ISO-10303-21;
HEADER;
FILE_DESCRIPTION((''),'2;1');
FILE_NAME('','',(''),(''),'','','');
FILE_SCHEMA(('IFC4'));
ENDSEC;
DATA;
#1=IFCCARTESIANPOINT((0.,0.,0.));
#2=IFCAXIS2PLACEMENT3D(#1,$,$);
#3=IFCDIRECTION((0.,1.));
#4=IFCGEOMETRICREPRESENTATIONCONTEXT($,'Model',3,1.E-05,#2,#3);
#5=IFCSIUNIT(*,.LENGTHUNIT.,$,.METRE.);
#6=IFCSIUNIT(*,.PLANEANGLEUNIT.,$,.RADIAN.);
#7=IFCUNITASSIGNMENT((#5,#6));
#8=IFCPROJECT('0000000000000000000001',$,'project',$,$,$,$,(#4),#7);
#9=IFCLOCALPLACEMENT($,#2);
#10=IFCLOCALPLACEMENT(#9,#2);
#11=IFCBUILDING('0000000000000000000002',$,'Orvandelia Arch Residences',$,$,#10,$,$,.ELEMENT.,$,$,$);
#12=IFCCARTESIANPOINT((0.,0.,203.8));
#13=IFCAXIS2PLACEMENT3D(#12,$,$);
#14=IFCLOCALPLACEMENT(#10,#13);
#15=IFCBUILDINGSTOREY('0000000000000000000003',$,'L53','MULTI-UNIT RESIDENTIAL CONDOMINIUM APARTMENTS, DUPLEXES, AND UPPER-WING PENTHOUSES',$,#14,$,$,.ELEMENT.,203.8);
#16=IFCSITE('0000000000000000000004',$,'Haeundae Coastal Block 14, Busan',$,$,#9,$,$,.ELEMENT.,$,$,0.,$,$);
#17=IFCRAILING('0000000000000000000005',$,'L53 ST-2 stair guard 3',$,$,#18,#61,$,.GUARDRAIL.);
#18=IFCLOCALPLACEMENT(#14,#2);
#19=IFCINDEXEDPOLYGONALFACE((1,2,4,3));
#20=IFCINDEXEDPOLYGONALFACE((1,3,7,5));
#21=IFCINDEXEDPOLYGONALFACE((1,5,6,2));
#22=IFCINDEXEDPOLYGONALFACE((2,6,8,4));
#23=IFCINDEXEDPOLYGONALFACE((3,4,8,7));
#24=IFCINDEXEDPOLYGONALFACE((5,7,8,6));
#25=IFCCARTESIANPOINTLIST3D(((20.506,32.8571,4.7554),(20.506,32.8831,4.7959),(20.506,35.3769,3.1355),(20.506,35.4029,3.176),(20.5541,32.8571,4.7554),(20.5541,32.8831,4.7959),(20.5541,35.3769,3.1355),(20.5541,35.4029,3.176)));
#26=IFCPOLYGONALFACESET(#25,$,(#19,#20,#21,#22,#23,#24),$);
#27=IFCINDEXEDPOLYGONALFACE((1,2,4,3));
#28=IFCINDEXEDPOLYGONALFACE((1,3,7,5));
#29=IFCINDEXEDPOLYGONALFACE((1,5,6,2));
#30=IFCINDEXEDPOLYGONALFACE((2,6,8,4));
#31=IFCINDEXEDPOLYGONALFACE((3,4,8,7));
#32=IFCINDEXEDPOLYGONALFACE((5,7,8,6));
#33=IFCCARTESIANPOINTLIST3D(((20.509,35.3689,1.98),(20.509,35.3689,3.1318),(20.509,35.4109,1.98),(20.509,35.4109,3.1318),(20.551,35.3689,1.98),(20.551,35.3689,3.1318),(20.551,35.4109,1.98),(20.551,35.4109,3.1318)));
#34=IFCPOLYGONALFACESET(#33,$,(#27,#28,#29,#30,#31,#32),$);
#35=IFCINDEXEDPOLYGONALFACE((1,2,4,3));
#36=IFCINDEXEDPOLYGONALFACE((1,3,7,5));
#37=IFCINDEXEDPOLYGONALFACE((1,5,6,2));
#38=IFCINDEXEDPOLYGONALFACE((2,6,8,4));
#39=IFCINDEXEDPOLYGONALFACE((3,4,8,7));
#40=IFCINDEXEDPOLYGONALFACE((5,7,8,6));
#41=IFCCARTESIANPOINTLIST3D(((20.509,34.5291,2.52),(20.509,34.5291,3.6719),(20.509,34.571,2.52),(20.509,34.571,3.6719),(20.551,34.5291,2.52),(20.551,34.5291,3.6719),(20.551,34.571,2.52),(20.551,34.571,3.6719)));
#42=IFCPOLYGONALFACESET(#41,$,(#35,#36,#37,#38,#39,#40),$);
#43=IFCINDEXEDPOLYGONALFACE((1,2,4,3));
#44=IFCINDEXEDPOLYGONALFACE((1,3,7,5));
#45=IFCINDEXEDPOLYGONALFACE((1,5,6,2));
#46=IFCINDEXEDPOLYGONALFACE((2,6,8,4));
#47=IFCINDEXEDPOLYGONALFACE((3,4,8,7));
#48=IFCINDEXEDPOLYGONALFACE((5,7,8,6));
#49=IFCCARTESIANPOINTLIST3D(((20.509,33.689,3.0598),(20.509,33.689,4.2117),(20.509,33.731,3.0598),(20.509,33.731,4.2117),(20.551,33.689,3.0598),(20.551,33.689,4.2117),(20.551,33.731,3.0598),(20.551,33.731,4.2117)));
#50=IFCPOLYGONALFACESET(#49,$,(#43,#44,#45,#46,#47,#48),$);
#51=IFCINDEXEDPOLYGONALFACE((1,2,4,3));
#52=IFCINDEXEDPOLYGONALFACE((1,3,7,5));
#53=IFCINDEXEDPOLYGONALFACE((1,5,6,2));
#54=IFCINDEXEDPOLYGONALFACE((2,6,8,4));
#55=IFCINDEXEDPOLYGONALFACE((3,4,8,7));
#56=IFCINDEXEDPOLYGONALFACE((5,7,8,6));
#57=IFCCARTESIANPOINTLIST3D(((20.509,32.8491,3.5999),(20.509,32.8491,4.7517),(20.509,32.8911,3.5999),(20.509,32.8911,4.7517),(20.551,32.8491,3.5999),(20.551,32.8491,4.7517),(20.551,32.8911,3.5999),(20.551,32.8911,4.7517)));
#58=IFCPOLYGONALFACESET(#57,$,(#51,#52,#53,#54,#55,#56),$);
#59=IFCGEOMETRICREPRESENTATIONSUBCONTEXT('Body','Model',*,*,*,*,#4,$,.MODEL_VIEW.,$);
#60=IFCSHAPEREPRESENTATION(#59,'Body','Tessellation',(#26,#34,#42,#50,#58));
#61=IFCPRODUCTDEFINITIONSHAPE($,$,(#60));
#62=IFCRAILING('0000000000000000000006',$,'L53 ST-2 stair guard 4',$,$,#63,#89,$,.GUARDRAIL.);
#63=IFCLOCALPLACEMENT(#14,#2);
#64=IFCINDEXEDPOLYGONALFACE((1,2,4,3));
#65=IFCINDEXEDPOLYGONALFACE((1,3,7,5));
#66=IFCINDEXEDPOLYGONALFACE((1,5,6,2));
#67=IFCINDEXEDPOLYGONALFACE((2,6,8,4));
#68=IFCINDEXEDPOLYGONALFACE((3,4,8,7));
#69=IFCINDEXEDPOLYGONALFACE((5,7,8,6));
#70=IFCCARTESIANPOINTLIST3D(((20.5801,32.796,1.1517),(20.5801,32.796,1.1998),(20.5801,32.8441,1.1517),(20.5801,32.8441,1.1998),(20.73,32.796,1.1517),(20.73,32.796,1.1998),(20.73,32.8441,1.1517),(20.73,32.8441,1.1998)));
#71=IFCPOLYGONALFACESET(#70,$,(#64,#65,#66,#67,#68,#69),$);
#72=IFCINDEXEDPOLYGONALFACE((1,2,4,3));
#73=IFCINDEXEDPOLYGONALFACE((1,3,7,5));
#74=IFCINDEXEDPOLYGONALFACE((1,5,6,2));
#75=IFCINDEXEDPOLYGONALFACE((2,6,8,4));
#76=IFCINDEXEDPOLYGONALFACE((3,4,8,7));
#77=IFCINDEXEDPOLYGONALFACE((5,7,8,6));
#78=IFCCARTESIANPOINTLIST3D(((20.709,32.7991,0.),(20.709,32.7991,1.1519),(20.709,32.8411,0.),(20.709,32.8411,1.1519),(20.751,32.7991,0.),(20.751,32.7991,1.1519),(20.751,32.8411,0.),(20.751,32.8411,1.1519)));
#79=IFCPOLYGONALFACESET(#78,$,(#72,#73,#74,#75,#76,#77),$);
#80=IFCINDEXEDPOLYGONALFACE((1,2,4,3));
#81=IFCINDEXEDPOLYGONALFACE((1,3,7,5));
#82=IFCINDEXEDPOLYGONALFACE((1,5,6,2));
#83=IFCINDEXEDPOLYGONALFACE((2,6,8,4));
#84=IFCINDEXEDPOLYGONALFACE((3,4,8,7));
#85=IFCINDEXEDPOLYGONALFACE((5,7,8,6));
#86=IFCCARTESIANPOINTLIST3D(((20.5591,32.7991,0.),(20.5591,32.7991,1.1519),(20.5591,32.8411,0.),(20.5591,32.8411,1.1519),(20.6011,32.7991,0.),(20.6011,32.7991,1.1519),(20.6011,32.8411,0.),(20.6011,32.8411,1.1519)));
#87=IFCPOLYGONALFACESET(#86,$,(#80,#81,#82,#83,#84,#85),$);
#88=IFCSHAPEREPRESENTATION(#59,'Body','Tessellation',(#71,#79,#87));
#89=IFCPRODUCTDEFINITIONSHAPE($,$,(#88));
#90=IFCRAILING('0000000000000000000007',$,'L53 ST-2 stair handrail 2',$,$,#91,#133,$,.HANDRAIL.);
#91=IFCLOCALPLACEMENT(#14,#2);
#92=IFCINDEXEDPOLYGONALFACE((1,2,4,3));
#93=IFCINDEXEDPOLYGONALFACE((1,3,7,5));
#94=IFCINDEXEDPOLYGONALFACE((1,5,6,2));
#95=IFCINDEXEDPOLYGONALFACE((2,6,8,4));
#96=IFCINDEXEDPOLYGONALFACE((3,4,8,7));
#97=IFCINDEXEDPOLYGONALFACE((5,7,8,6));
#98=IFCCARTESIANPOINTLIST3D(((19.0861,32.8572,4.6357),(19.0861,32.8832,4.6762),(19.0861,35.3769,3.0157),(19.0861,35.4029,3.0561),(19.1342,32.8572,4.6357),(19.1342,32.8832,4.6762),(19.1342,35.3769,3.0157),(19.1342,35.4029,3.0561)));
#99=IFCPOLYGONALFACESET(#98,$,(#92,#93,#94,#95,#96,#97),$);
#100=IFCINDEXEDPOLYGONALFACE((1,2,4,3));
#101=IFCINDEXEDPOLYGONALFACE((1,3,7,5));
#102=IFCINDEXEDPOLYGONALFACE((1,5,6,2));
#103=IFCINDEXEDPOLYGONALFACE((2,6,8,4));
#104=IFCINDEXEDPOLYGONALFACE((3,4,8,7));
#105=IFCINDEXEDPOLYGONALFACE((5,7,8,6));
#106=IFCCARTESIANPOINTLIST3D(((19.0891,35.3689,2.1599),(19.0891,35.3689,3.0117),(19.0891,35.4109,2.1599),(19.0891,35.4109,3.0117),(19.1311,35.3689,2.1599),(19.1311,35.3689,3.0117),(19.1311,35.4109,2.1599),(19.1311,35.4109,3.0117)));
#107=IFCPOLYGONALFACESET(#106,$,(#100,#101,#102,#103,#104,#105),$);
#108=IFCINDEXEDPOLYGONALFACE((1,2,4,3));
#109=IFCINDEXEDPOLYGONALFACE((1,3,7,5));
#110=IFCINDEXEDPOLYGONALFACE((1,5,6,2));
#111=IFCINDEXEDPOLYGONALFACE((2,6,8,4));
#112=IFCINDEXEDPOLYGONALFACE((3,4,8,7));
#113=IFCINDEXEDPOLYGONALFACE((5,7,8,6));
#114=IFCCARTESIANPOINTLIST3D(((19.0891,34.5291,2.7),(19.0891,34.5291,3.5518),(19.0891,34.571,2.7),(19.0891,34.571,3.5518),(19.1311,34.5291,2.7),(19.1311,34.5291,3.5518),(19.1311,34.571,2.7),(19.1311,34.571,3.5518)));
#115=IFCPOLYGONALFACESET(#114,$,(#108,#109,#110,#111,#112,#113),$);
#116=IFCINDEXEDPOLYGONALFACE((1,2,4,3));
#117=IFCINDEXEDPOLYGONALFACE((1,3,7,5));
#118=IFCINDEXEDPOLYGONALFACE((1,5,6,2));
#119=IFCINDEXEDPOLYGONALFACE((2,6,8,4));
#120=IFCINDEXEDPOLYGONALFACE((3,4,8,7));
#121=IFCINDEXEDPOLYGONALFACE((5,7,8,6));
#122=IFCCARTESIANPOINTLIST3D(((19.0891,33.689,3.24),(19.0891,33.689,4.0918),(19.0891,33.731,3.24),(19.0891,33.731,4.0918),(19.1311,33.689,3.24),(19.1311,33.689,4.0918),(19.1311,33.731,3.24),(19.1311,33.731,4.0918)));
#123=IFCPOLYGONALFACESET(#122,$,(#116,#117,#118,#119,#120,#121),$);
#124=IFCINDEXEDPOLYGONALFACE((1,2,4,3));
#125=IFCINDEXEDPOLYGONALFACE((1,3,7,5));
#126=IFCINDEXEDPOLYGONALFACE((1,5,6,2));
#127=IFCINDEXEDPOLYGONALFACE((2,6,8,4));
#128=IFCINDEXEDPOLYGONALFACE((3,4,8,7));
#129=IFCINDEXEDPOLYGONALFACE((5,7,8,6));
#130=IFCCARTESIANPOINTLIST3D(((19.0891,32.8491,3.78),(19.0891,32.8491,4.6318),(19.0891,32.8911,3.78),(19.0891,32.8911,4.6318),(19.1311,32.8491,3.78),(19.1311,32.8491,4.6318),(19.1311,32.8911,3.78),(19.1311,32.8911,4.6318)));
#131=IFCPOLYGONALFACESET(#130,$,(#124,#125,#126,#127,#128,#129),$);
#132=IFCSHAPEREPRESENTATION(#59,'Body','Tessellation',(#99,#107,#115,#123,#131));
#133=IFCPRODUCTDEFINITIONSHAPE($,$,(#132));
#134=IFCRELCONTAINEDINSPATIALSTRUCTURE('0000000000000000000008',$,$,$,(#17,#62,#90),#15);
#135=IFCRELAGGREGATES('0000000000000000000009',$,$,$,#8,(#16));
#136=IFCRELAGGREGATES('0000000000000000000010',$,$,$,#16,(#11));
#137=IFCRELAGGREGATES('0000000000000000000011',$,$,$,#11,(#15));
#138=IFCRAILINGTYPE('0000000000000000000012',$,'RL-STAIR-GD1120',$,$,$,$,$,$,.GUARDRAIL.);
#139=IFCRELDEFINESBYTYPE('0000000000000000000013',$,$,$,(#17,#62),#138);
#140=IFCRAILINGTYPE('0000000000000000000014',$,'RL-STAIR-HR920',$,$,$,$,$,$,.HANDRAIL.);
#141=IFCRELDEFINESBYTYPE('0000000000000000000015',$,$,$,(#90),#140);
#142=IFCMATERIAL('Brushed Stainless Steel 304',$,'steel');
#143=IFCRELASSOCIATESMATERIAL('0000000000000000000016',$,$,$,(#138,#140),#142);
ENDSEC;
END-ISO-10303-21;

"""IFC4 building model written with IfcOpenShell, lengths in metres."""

from ifc_helpers import new_model, si_unit, direction, frame, origin, origin_2d, place, context, subcontext, project, spatial, rectangle, extrude, material, type_object, element, save


model = new_model("IFC4")

# Units and contexts
model_context = context("Model", 3, precision=1e-05, world=origin(), true_north=direction((0.0, 1.0)))
body_context = subcontext(model_context, "Body", "Model", "MODEL_VIEW")
ifc_project = project(units=[si_unit("LENGTHUNIT", "METRE"), si_unit("PLANEANGLEUNIT", "RADIAN")], contexts=[model_context])

# Site, building, storey
site_placement = place(None, origin())
site = spatial("IfcSite", under=ifc_project, at=site_placement, Name="Haeundae Coastal Block 14, Busan", CompositionType="ELEMENT", RefElevation=0.0)
building_placement = place(site_placement, origin())
building = spatial("IfcBuilding", under=site, at=building_placement, Name="Orvandelia Arch Residences", CompositionType="ELEMENT")
storey_placement = place(building_placement, frame((0.0, 0.0, 203.8)))
storey = spatial("IfcBuildingStorey", under=building, at=storey_placement, Name="L53", Description="MULTI-UNIT RESIDENTIAL CONDOMINIUM APARTMENTS, DUPLEXES, AND UPPER-WING PENTHOUSES", CompositionType="ELEMENT", Elevation=203.8)

# Railings
ifc_material_1 = material(Name="Brushed Stainless Steel 304", Category="steel")
railing_type_1 = type_object("IfcRailingType", Name="RL-STAIR-GD1120", PredefinedType="GUARDRAIL", material=ifc_material_1)
railing_1_placement = place(storey_placement, frame((20.53, 35.3899, 1.98)))
element("IfcRailing", 1, at=railing_1_placement, inside=storey, type_object=railing_type_1, Name="L53 ST-2 stair guard 3", PredefinedType="GUARDRAIL", context=body_context, shape_type="SweptSolid", body=[
    extrude(rectangle(XDim=0.0481, YDim=0.0481, at=origin_2d()), frame((0.0, 0.0, 1.1758), z_axis=(0.0, -0.841176, 0.540762), x_axis=(1.0, 0.0, 0.0)), (0.0, 0.0, 1.0), 2.9956),
    extrude(rectangle(XDim=0.042, YDim=0.042, at=origin_2d()), origin(), (0.0, 0.0, 1.0), 1.1519),
    extrude(rectangle(XDim=0.042, YDim=0.042, at=origin_2d()), frame((0.0, -0.8398, 0.54)), (0.0, 0.0, 1.0), 1.1519),
    extrude(rectangle(XDim=0.042, YDim=0.042, at=origin_2d()), frame((0.0, -1.6799, 1.0798)), (0.0, 0.0, 1.0), 1.1519),
    extrude(rectangle(XDim=0.042, YDim=0.042, at=origin_2d()), frame((0.0, -2.5198, 1.6199)), (0.0, 0.0, 1.0), 1.1519),
])
railing_2_placement = place(storey_placement, frame((20.73, 32.8201, 0.0)))
element("IfcRailing", 2, at=railing_2_placement, inside=storey, type_object=railing_type_1, Name="L53 ST-2 stair guard 4", PredefinedType="GUARDRAIL", context=body_context, shape_type="SweptSolid", body=[
    extrude(rectangle(XDim=0.0481, YDim=0.0481, at=origin_2d()), frame((0.0, 0.0, 1.1758), z_axis=(-1.0, 0.0, 0.0), x_axis=(0.0, -1.0, 0.0)), (0.0, 0.0, 1.0), 0.1499),
    extrude(rectangle(XDim=0.042, YDim=0.042, at=origin_2d()), origin(), (0.0, 0.0, 1.0), 1.1519),
    extrude(rectangle(XDim=0.042, YDim=0.042, at=origin_2d()), frame((-0.1499, 0.0, 0.0)), (0.0, 0.0, 1.0), 1.1519),
])
railing_type_2 = type_object("IfcRailingType", Name="RL-STAIR-HR920", PredefinedType="HANDRAIL", material=ifc_material_1)
railing_3_placement = place(storey_placement, frame((19.1101, 35.3899, 2.1599)))
element("IfcRailing", 3, at=railing_3_placement, inside=storey, type_object=railing_type_2, Name="L53 ST-2 stair handrail 2", PredefinedType="HANDRAIL", context=body_context, shape_type="SweptSolid", body=[
    extrude(rectangle(XDim=0.0481, YDim=0.0481, at=origin_2d()), frame((0.0, 0.0, 0.876), z_axis=(0.0, -0.841139, 0.540819), x_axis=(1.0, 0.0, 0.0)), (0.0, 0.0, 1.0), 2.9956),
    extrude(rectangle(XDim=0.042, YDim=0.042, at=origin_2d()), origin(), (0.0, 0.0, 1.0), 0.8518),
    extrude(rectangle(XDim=0.042, YDim=0.042, at=origin_2d()), frame((0.0, -0.8398, 0.54)), (0.0, 0.0, 1.0), 0.8518),
    extrude(rectangle(XDim=0.042, YDim=0.042, at=origin_2d()), frame((0.0, -1.6799, 1.0801)), (0.0, 0.0, 1.0), 0.8518),
    extrude(rectangle(XDim=0.042, YDim=0.042, at=origin_2d()), frame((0.0, -2.5198, 1.6201)), (0.0, 0.0, 1.0), 0.8518),
])

save(model, "model.ifc")
